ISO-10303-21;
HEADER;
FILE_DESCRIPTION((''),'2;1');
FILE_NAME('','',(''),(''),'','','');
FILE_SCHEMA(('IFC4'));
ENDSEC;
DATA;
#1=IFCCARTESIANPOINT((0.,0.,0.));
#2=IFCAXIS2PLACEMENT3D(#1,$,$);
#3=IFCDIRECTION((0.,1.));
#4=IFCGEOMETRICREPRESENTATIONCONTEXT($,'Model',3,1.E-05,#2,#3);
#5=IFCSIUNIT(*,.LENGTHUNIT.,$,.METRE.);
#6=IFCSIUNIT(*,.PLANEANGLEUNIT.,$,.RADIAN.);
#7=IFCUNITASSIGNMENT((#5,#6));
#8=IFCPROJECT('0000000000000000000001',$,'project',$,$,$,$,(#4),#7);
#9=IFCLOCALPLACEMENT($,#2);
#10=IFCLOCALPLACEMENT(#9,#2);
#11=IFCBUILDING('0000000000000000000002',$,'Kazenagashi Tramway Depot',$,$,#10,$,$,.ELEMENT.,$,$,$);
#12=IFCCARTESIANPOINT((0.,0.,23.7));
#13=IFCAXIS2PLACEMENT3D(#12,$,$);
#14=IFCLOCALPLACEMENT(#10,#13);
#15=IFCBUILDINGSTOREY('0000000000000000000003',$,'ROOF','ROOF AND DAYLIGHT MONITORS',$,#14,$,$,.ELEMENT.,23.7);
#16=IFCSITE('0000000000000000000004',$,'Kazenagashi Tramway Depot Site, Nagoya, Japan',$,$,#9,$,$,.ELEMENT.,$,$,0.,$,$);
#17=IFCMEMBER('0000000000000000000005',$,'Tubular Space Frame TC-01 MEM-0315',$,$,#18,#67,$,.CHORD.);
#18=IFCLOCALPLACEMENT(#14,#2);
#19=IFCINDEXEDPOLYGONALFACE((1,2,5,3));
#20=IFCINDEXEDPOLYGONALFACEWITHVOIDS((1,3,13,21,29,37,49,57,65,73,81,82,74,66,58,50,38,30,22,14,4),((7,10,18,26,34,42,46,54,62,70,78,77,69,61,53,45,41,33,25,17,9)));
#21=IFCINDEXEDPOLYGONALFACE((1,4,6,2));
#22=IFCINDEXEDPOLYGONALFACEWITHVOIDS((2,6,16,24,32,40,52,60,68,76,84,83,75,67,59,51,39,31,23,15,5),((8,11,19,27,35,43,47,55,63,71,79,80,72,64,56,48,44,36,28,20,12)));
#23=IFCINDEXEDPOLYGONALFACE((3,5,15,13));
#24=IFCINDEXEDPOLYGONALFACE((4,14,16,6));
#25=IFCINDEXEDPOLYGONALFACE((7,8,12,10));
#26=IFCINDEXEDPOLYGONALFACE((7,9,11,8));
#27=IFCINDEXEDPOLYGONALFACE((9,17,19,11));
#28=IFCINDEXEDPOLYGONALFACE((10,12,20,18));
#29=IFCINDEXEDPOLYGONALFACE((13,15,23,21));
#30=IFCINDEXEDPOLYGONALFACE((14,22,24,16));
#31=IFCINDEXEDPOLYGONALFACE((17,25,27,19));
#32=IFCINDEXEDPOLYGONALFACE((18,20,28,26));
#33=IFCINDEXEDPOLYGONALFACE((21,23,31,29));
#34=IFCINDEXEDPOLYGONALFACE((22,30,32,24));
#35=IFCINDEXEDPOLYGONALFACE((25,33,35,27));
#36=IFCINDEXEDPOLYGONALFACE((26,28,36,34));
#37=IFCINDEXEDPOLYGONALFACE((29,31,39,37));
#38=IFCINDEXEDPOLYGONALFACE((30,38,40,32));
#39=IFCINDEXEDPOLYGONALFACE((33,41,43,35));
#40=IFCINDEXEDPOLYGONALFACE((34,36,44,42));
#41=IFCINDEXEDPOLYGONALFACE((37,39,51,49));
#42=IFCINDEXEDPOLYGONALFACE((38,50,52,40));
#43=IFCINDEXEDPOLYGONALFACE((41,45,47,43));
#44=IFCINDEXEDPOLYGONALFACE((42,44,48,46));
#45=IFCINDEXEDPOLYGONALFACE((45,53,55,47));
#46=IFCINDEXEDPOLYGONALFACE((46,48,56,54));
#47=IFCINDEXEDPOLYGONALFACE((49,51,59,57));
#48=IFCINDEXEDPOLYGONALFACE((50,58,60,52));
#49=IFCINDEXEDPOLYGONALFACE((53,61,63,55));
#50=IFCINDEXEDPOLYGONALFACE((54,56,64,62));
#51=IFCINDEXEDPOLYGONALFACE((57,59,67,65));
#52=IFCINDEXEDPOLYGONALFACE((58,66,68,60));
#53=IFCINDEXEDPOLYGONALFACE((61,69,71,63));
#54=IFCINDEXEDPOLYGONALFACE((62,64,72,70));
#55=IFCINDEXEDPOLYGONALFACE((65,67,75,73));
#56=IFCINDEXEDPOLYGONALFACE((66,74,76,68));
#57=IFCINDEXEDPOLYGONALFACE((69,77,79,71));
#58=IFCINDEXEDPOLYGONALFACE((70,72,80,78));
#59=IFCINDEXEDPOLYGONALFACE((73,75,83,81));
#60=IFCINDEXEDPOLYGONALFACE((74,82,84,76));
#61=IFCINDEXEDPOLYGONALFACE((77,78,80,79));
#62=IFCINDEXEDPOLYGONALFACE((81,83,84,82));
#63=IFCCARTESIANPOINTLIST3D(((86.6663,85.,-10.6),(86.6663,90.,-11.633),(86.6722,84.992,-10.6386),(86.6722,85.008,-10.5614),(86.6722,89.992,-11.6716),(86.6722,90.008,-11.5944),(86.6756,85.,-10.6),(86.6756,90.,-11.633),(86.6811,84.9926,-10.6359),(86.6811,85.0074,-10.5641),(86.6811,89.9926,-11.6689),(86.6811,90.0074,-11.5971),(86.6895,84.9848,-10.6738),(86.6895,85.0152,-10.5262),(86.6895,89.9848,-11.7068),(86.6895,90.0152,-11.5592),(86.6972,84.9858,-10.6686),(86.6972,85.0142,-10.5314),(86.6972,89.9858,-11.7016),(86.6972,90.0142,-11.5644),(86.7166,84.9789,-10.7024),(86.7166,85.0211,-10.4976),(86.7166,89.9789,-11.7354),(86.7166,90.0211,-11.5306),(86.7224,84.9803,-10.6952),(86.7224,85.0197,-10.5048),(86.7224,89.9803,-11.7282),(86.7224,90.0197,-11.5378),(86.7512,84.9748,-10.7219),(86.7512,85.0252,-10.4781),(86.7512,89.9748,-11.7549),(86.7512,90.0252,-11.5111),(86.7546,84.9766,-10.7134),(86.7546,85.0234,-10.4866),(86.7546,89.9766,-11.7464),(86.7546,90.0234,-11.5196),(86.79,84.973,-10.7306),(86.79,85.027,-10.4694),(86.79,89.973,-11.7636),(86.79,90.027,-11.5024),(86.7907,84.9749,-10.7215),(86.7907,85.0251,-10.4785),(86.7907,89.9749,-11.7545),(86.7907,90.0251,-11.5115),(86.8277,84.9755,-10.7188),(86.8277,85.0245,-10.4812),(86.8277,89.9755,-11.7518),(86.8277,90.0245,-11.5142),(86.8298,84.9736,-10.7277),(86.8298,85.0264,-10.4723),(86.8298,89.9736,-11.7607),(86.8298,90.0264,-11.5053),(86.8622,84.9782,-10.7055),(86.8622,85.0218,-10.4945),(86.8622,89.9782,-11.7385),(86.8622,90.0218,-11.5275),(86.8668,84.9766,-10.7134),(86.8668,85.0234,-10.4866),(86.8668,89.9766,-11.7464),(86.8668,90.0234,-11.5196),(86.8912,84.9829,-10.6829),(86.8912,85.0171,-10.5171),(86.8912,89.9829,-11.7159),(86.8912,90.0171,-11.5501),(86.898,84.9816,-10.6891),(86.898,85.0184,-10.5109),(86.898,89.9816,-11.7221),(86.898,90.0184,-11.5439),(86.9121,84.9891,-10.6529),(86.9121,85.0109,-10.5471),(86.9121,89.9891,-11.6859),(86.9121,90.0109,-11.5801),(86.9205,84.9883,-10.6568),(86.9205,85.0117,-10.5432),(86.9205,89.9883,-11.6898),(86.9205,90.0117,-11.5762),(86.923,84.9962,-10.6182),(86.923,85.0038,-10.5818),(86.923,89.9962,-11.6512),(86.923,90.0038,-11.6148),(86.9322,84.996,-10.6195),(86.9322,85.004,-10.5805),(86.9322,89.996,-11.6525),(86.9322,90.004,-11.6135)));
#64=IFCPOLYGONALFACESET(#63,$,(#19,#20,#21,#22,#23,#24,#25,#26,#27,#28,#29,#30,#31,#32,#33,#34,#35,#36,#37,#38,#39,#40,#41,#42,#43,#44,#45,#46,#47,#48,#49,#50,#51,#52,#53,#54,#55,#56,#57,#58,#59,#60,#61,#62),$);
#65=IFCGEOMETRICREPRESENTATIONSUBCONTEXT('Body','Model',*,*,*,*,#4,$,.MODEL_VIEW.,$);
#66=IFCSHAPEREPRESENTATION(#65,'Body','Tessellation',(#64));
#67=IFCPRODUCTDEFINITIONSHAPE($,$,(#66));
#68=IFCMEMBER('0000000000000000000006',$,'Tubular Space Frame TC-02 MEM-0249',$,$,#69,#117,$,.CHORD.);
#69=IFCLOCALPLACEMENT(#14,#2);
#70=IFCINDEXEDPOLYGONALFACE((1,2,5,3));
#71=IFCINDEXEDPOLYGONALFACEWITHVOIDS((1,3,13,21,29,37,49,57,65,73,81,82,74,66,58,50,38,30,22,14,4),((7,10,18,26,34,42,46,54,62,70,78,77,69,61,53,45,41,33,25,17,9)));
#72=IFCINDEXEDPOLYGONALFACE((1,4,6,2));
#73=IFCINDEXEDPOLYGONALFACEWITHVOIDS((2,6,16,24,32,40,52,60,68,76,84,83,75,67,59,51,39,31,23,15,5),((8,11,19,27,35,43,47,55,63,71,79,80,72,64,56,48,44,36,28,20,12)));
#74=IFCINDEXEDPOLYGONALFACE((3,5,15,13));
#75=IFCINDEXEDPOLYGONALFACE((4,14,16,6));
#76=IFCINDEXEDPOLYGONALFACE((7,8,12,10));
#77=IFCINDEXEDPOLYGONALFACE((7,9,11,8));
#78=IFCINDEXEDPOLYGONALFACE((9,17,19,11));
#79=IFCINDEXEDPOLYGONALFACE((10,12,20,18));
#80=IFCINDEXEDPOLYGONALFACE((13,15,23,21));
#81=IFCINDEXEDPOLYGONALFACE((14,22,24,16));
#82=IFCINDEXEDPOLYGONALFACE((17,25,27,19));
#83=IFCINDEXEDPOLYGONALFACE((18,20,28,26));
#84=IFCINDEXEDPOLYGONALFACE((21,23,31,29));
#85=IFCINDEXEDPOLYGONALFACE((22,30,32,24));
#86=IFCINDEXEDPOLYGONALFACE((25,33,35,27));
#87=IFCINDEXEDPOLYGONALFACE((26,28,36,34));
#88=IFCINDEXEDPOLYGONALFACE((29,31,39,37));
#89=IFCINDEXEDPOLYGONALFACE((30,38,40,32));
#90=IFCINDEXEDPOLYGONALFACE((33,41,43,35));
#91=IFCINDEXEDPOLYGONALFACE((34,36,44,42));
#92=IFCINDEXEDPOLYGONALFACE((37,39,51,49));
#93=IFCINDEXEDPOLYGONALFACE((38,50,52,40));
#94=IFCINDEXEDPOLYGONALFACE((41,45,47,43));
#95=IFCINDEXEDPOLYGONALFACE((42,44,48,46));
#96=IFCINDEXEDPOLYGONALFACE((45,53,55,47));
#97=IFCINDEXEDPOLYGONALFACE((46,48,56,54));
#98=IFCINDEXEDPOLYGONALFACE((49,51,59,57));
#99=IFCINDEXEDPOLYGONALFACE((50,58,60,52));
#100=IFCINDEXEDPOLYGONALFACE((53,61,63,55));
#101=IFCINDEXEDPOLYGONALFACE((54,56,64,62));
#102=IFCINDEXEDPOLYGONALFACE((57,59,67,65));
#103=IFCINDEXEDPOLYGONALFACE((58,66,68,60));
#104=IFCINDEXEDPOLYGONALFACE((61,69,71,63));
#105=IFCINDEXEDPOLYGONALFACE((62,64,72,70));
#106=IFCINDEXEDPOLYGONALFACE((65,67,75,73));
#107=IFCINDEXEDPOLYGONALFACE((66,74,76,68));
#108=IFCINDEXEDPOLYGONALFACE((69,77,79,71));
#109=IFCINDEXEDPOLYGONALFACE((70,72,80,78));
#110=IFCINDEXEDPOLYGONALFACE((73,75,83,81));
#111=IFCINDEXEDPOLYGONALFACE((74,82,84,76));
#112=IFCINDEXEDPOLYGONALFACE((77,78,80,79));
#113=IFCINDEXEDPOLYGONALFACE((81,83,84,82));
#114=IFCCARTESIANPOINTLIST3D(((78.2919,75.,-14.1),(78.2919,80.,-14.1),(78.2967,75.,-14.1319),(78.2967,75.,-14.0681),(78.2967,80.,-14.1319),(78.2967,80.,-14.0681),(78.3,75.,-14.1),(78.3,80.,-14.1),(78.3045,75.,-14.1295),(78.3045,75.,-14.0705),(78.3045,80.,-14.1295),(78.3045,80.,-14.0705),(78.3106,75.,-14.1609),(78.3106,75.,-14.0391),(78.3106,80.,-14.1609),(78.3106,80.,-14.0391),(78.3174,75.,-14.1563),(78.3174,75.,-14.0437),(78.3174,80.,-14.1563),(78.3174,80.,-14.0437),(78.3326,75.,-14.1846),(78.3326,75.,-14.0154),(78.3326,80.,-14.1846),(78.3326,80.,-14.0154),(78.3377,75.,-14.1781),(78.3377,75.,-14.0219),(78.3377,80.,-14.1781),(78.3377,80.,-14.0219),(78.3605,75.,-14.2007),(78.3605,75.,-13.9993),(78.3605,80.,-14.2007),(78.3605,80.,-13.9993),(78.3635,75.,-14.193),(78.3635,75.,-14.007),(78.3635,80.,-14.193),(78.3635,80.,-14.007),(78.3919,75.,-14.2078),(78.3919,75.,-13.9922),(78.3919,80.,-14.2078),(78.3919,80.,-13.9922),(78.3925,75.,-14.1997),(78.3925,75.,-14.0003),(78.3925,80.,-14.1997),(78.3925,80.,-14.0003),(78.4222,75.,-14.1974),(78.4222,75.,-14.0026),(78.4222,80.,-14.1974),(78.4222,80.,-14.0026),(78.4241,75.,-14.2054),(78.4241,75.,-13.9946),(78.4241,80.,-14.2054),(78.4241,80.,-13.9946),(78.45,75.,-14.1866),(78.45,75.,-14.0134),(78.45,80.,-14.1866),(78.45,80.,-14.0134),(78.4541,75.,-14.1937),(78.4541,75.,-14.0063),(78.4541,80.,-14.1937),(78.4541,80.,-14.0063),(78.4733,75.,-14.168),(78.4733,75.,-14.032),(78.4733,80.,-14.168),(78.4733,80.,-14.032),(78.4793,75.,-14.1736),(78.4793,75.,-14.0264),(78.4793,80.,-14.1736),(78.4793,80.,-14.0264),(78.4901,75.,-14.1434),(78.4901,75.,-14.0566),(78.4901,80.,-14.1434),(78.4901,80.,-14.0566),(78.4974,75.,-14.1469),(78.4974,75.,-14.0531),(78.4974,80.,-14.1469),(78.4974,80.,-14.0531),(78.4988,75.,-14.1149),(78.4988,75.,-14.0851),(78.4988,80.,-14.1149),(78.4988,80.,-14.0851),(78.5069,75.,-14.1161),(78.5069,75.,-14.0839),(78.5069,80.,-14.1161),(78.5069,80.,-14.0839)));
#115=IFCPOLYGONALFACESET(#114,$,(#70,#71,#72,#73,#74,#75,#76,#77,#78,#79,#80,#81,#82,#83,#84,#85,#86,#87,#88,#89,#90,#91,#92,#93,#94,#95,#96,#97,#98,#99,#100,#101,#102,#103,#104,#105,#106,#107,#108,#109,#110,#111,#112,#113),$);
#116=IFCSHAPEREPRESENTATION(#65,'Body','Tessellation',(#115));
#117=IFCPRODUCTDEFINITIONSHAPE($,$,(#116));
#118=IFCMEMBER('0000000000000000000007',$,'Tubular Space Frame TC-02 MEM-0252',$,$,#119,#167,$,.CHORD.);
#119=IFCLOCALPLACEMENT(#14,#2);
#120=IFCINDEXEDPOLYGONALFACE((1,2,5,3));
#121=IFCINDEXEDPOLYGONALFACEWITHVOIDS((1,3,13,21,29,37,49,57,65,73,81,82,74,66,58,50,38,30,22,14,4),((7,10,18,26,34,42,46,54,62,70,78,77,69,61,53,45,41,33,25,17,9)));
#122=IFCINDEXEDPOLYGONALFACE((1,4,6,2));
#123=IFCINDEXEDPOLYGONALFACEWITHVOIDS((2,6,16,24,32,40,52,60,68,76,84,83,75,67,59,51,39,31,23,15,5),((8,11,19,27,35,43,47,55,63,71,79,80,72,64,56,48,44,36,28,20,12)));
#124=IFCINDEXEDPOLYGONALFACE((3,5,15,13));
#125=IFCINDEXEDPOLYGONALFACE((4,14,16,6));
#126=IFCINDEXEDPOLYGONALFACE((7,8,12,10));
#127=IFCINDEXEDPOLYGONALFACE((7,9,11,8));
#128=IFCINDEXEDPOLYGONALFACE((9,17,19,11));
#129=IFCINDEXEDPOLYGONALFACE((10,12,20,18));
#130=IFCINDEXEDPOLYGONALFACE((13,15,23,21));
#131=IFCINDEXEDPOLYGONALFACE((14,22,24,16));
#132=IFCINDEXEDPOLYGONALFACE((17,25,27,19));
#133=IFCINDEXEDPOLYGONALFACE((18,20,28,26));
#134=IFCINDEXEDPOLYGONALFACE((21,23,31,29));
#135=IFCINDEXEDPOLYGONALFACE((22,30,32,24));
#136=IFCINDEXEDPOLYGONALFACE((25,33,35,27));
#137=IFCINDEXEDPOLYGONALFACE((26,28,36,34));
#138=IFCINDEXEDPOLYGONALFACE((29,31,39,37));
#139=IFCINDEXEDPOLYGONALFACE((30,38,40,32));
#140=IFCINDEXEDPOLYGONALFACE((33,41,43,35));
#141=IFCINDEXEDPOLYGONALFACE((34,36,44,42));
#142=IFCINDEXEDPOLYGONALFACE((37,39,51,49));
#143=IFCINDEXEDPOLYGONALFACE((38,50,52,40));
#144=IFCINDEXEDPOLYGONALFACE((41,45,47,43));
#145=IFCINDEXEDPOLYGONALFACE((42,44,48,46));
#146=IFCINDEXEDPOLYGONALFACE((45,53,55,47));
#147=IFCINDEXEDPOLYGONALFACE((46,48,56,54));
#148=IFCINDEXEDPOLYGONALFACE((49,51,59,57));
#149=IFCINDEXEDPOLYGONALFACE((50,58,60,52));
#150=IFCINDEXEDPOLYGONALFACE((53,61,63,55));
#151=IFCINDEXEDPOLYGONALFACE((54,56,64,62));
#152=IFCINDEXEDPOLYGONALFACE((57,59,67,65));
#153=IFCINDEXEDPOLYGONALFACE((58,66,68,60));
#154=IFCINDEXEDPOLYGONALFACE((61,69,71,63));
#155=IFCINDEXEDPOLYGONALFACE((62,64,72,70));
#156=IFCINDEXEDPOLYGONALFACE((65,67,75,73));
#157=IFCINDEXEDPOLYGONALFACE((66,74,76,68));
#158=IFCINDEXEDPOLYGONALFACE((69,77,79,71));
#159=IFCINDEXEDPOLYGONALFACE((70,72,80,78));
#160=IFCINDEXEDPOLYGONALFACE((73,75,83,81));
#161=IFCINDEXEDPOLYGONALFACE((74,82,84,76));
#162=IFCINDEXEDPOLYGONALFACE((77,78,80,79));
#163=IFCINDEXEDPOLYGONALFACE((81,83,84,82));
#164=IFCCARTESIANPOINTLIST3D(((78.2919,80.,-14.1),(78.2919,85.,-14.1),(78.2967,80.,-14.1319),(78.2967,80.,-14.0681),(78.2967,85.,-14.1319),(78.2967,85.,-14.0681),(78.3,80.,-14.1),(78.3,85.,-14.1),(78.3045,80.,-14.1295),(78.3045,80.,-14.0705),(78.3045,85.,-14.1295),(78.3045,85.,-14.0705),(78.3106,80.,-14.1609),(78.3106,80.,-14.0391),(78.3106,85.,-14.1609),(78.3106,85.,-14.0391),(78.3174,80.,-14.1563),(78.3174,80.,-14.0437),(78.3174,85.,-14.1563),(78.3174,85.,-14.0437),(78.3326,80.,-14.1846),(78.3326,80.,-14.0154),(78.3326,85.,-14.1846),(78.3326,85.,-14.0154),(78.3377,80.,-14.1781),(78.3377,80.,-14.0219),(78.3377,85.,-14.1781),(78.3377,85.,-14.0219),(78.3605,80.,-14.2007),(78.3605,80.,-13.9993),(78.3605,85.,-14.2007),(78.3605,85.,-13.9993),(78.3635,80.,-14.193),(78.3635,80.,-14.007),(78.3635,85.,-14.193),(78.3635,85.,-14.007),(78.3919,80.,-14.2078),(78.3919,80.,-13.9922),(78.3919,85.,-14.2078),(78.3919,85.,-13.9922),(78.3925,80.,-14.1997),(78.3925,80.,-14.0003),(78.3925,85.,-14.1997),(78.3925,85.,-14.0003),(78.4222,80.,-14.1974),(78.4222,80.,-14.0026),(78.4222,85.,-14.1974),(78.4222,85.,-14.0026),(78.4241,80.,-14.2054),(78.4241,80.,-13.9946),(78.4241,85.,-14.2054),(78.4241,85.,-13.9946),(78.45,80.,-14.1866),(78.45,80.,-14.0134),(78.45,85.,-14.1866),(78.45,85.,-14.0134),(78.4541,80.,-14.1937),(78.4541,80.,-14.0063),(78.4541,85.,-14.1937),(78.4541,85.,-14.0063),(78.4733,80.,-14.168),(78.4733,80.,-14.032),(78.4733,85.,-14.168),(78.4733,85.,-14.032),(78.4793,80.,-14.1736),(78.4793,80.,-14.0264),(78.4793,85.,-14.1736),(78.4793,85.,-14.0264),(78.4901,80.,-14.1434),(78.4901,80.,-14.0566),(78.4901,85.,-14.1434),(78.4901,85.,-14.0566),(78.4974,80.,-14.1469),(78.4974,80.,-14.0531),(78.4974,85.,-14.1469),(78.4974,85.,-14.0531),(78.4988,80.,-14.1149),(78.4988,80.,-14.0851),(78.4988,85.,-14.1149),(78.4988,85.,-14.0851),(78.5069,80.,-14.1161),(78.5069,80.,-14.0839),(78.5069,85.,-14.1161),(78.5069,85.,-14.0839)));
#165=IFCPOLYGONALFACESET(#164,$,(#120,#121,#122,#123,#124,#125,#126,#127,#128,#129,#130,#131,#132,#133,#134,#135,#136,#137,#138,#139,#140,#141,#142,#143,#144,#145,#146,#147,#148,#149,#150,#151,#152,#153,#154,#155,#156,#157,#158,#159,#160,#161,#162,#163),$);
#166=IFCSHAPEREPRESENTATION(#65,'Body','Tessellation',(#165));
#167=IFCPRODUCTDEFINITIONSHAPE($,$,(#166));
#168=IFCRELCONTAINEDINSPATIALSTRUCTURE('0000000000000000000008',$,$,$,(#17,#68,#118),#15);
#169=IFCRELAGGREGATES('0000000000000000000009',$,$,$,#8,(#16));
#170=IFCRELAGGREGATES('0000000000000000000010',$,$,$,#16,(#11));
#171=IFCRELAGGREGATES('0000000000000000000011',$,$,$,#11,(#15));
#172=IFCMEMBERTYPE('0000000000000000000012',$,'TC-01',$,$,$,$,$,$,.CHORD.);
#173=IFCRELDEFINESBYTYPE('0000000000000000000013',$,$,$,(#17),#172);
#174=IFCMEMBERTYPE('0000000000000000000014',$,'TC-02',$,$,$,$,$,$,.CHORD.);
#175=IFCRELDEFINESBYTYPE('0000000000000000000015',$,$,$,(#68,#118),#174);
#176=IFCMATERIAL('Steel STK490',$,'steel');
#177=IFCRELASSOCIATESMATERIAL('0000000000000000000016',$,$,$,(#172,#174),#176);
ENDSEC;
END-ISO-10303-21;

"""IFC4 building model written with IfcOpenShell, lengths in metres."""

from ifc_helpers import new_model, si_unit, direction, frame, origin, origin_2d, place, context, subcontext, project, spatial, hollow_circle, extrude, material, material_profile, profile_set, type_object, element, save


model = new_model("IFC4")

# Units and contexts
model_context = context("Model", 3, precision=1e-05, world=origin(), true_north=direction((0.0, 1.0)))
body_context = subcontext(model_context, "Body", "Model", "MODEL_VIEW")
ifc_project = project(units=[si_unit("LENGTHUNIT", "METRE"), si_unit("PLANEANGLEUNIT", "RADIAN")], contexts=[model_context])

# Site, building, storey
site_placement = place(None, origin())
site = spatial("IfcSite", under=ifc_project, at=site_placement, Name="Kazenagashi Tramway Depot Site, Nagoya, Japan", CompositionType="ELEMENT", RefElevation=0.0)
building_placement = place(site_placement, origin())
building = spatial("IfcBuilding", under=site, at=building_placement, Name="Kazenagashi Tramway Depot", CompositionType="ELEMENT")
storey_placement = place(building_placement, frame((0.0, 0.0, 23.7)))
storey = spatial("IfcBuildingStorey", under=building, at=storey_placement, Name="ROOF", Description="ROOF AND DAYLIGHT MONITORS", CompositionType="ELEMENT", Elevation=23.7)

# Members
ifc_material_1 = material(Name="Steel STK490", Category="steel")
ifc_material_profile_1 = material_profile(ifc_material_1, hollow_circle(Radius=0.1337, WallThickness=0.0093, at=origin_2d()), Name="CHS-267.4x9.3")
ifc_profile_set_1 = profile_set([ifc_material_profile_1], Name="Steel STK490")
member_type_1 = type_object("IfcMemberType", Name="TC-01", PredefinedType="CHORD", material=ifc_profile_set_1)
for number, where, z_axis, x_axis, name in (
    (1, (86.8, 85.0, -10.6), (0.0, 0.979318, -0.202327), (-1.0, 0.0, 0.0), "Tubular Space Frame TC-01 MEM-0315"),
):
    element("IfcMember", number, at=place(storey_placement, frame(where, z_axis=z_axis, x_axis=x_axis)), inside=storey, type_object=member_type_1, Name=name, PredefinedType="CHORD", context=body_context, shape_type="SweptSolid", body=[
        extrude(hollow_circle(Radius=0.1337, WallThickness=0.0093, at=origin_2d()), origin(), (0.0, 0.0, 1.0), 5.1056),
    ])
ifc_material_profile_2 = material_profile(ifc_material_1, hollow_circle(Radius=0.1081, WallThickness=0.0082, at=origin_2d()), Name="CHS-216.3x8.2")
ifc_profile_set_2 = profile_set([ifc_material_profile_2], Name="Steel STK490")
member_type_2 = type_object("IfcMemberType", Name="TC-02", PredefinedType="CHORD", material=ifc_profile_set_2)
for number, where, z_axis, x_axis, name in (
    (2, (78.4, 75.0, -14.1), (0.0, 1.0, 0.0), (-1.0, 0.0, 0.0), "Tubular Space Frame TC-02 MEM-0249"),
    (3, (78.4, 80.0, -14.1), (0.0, 1.0, 0.0), (-1.0, 0.0, 0.0), "Tubular Space Frame TC-02 MEM-0252"),
):
    element("IfcMember", number, at=place(storey_placement, frame(where, z_axis=z_axis, x_axis=x_axis)), inside=storey, type_object=member_type_2, Name=name, PredefinedType="CHORD", context=body_context, shape_type="SweptSolid", body=[
        extrude(hollow_circle(Radius=0.1081, WallThickness=0.0082, at=origin_2d()), origin(), (0.0, 0.0, 1.0), 5.0),
    ])

save(model, "model.ifc")
